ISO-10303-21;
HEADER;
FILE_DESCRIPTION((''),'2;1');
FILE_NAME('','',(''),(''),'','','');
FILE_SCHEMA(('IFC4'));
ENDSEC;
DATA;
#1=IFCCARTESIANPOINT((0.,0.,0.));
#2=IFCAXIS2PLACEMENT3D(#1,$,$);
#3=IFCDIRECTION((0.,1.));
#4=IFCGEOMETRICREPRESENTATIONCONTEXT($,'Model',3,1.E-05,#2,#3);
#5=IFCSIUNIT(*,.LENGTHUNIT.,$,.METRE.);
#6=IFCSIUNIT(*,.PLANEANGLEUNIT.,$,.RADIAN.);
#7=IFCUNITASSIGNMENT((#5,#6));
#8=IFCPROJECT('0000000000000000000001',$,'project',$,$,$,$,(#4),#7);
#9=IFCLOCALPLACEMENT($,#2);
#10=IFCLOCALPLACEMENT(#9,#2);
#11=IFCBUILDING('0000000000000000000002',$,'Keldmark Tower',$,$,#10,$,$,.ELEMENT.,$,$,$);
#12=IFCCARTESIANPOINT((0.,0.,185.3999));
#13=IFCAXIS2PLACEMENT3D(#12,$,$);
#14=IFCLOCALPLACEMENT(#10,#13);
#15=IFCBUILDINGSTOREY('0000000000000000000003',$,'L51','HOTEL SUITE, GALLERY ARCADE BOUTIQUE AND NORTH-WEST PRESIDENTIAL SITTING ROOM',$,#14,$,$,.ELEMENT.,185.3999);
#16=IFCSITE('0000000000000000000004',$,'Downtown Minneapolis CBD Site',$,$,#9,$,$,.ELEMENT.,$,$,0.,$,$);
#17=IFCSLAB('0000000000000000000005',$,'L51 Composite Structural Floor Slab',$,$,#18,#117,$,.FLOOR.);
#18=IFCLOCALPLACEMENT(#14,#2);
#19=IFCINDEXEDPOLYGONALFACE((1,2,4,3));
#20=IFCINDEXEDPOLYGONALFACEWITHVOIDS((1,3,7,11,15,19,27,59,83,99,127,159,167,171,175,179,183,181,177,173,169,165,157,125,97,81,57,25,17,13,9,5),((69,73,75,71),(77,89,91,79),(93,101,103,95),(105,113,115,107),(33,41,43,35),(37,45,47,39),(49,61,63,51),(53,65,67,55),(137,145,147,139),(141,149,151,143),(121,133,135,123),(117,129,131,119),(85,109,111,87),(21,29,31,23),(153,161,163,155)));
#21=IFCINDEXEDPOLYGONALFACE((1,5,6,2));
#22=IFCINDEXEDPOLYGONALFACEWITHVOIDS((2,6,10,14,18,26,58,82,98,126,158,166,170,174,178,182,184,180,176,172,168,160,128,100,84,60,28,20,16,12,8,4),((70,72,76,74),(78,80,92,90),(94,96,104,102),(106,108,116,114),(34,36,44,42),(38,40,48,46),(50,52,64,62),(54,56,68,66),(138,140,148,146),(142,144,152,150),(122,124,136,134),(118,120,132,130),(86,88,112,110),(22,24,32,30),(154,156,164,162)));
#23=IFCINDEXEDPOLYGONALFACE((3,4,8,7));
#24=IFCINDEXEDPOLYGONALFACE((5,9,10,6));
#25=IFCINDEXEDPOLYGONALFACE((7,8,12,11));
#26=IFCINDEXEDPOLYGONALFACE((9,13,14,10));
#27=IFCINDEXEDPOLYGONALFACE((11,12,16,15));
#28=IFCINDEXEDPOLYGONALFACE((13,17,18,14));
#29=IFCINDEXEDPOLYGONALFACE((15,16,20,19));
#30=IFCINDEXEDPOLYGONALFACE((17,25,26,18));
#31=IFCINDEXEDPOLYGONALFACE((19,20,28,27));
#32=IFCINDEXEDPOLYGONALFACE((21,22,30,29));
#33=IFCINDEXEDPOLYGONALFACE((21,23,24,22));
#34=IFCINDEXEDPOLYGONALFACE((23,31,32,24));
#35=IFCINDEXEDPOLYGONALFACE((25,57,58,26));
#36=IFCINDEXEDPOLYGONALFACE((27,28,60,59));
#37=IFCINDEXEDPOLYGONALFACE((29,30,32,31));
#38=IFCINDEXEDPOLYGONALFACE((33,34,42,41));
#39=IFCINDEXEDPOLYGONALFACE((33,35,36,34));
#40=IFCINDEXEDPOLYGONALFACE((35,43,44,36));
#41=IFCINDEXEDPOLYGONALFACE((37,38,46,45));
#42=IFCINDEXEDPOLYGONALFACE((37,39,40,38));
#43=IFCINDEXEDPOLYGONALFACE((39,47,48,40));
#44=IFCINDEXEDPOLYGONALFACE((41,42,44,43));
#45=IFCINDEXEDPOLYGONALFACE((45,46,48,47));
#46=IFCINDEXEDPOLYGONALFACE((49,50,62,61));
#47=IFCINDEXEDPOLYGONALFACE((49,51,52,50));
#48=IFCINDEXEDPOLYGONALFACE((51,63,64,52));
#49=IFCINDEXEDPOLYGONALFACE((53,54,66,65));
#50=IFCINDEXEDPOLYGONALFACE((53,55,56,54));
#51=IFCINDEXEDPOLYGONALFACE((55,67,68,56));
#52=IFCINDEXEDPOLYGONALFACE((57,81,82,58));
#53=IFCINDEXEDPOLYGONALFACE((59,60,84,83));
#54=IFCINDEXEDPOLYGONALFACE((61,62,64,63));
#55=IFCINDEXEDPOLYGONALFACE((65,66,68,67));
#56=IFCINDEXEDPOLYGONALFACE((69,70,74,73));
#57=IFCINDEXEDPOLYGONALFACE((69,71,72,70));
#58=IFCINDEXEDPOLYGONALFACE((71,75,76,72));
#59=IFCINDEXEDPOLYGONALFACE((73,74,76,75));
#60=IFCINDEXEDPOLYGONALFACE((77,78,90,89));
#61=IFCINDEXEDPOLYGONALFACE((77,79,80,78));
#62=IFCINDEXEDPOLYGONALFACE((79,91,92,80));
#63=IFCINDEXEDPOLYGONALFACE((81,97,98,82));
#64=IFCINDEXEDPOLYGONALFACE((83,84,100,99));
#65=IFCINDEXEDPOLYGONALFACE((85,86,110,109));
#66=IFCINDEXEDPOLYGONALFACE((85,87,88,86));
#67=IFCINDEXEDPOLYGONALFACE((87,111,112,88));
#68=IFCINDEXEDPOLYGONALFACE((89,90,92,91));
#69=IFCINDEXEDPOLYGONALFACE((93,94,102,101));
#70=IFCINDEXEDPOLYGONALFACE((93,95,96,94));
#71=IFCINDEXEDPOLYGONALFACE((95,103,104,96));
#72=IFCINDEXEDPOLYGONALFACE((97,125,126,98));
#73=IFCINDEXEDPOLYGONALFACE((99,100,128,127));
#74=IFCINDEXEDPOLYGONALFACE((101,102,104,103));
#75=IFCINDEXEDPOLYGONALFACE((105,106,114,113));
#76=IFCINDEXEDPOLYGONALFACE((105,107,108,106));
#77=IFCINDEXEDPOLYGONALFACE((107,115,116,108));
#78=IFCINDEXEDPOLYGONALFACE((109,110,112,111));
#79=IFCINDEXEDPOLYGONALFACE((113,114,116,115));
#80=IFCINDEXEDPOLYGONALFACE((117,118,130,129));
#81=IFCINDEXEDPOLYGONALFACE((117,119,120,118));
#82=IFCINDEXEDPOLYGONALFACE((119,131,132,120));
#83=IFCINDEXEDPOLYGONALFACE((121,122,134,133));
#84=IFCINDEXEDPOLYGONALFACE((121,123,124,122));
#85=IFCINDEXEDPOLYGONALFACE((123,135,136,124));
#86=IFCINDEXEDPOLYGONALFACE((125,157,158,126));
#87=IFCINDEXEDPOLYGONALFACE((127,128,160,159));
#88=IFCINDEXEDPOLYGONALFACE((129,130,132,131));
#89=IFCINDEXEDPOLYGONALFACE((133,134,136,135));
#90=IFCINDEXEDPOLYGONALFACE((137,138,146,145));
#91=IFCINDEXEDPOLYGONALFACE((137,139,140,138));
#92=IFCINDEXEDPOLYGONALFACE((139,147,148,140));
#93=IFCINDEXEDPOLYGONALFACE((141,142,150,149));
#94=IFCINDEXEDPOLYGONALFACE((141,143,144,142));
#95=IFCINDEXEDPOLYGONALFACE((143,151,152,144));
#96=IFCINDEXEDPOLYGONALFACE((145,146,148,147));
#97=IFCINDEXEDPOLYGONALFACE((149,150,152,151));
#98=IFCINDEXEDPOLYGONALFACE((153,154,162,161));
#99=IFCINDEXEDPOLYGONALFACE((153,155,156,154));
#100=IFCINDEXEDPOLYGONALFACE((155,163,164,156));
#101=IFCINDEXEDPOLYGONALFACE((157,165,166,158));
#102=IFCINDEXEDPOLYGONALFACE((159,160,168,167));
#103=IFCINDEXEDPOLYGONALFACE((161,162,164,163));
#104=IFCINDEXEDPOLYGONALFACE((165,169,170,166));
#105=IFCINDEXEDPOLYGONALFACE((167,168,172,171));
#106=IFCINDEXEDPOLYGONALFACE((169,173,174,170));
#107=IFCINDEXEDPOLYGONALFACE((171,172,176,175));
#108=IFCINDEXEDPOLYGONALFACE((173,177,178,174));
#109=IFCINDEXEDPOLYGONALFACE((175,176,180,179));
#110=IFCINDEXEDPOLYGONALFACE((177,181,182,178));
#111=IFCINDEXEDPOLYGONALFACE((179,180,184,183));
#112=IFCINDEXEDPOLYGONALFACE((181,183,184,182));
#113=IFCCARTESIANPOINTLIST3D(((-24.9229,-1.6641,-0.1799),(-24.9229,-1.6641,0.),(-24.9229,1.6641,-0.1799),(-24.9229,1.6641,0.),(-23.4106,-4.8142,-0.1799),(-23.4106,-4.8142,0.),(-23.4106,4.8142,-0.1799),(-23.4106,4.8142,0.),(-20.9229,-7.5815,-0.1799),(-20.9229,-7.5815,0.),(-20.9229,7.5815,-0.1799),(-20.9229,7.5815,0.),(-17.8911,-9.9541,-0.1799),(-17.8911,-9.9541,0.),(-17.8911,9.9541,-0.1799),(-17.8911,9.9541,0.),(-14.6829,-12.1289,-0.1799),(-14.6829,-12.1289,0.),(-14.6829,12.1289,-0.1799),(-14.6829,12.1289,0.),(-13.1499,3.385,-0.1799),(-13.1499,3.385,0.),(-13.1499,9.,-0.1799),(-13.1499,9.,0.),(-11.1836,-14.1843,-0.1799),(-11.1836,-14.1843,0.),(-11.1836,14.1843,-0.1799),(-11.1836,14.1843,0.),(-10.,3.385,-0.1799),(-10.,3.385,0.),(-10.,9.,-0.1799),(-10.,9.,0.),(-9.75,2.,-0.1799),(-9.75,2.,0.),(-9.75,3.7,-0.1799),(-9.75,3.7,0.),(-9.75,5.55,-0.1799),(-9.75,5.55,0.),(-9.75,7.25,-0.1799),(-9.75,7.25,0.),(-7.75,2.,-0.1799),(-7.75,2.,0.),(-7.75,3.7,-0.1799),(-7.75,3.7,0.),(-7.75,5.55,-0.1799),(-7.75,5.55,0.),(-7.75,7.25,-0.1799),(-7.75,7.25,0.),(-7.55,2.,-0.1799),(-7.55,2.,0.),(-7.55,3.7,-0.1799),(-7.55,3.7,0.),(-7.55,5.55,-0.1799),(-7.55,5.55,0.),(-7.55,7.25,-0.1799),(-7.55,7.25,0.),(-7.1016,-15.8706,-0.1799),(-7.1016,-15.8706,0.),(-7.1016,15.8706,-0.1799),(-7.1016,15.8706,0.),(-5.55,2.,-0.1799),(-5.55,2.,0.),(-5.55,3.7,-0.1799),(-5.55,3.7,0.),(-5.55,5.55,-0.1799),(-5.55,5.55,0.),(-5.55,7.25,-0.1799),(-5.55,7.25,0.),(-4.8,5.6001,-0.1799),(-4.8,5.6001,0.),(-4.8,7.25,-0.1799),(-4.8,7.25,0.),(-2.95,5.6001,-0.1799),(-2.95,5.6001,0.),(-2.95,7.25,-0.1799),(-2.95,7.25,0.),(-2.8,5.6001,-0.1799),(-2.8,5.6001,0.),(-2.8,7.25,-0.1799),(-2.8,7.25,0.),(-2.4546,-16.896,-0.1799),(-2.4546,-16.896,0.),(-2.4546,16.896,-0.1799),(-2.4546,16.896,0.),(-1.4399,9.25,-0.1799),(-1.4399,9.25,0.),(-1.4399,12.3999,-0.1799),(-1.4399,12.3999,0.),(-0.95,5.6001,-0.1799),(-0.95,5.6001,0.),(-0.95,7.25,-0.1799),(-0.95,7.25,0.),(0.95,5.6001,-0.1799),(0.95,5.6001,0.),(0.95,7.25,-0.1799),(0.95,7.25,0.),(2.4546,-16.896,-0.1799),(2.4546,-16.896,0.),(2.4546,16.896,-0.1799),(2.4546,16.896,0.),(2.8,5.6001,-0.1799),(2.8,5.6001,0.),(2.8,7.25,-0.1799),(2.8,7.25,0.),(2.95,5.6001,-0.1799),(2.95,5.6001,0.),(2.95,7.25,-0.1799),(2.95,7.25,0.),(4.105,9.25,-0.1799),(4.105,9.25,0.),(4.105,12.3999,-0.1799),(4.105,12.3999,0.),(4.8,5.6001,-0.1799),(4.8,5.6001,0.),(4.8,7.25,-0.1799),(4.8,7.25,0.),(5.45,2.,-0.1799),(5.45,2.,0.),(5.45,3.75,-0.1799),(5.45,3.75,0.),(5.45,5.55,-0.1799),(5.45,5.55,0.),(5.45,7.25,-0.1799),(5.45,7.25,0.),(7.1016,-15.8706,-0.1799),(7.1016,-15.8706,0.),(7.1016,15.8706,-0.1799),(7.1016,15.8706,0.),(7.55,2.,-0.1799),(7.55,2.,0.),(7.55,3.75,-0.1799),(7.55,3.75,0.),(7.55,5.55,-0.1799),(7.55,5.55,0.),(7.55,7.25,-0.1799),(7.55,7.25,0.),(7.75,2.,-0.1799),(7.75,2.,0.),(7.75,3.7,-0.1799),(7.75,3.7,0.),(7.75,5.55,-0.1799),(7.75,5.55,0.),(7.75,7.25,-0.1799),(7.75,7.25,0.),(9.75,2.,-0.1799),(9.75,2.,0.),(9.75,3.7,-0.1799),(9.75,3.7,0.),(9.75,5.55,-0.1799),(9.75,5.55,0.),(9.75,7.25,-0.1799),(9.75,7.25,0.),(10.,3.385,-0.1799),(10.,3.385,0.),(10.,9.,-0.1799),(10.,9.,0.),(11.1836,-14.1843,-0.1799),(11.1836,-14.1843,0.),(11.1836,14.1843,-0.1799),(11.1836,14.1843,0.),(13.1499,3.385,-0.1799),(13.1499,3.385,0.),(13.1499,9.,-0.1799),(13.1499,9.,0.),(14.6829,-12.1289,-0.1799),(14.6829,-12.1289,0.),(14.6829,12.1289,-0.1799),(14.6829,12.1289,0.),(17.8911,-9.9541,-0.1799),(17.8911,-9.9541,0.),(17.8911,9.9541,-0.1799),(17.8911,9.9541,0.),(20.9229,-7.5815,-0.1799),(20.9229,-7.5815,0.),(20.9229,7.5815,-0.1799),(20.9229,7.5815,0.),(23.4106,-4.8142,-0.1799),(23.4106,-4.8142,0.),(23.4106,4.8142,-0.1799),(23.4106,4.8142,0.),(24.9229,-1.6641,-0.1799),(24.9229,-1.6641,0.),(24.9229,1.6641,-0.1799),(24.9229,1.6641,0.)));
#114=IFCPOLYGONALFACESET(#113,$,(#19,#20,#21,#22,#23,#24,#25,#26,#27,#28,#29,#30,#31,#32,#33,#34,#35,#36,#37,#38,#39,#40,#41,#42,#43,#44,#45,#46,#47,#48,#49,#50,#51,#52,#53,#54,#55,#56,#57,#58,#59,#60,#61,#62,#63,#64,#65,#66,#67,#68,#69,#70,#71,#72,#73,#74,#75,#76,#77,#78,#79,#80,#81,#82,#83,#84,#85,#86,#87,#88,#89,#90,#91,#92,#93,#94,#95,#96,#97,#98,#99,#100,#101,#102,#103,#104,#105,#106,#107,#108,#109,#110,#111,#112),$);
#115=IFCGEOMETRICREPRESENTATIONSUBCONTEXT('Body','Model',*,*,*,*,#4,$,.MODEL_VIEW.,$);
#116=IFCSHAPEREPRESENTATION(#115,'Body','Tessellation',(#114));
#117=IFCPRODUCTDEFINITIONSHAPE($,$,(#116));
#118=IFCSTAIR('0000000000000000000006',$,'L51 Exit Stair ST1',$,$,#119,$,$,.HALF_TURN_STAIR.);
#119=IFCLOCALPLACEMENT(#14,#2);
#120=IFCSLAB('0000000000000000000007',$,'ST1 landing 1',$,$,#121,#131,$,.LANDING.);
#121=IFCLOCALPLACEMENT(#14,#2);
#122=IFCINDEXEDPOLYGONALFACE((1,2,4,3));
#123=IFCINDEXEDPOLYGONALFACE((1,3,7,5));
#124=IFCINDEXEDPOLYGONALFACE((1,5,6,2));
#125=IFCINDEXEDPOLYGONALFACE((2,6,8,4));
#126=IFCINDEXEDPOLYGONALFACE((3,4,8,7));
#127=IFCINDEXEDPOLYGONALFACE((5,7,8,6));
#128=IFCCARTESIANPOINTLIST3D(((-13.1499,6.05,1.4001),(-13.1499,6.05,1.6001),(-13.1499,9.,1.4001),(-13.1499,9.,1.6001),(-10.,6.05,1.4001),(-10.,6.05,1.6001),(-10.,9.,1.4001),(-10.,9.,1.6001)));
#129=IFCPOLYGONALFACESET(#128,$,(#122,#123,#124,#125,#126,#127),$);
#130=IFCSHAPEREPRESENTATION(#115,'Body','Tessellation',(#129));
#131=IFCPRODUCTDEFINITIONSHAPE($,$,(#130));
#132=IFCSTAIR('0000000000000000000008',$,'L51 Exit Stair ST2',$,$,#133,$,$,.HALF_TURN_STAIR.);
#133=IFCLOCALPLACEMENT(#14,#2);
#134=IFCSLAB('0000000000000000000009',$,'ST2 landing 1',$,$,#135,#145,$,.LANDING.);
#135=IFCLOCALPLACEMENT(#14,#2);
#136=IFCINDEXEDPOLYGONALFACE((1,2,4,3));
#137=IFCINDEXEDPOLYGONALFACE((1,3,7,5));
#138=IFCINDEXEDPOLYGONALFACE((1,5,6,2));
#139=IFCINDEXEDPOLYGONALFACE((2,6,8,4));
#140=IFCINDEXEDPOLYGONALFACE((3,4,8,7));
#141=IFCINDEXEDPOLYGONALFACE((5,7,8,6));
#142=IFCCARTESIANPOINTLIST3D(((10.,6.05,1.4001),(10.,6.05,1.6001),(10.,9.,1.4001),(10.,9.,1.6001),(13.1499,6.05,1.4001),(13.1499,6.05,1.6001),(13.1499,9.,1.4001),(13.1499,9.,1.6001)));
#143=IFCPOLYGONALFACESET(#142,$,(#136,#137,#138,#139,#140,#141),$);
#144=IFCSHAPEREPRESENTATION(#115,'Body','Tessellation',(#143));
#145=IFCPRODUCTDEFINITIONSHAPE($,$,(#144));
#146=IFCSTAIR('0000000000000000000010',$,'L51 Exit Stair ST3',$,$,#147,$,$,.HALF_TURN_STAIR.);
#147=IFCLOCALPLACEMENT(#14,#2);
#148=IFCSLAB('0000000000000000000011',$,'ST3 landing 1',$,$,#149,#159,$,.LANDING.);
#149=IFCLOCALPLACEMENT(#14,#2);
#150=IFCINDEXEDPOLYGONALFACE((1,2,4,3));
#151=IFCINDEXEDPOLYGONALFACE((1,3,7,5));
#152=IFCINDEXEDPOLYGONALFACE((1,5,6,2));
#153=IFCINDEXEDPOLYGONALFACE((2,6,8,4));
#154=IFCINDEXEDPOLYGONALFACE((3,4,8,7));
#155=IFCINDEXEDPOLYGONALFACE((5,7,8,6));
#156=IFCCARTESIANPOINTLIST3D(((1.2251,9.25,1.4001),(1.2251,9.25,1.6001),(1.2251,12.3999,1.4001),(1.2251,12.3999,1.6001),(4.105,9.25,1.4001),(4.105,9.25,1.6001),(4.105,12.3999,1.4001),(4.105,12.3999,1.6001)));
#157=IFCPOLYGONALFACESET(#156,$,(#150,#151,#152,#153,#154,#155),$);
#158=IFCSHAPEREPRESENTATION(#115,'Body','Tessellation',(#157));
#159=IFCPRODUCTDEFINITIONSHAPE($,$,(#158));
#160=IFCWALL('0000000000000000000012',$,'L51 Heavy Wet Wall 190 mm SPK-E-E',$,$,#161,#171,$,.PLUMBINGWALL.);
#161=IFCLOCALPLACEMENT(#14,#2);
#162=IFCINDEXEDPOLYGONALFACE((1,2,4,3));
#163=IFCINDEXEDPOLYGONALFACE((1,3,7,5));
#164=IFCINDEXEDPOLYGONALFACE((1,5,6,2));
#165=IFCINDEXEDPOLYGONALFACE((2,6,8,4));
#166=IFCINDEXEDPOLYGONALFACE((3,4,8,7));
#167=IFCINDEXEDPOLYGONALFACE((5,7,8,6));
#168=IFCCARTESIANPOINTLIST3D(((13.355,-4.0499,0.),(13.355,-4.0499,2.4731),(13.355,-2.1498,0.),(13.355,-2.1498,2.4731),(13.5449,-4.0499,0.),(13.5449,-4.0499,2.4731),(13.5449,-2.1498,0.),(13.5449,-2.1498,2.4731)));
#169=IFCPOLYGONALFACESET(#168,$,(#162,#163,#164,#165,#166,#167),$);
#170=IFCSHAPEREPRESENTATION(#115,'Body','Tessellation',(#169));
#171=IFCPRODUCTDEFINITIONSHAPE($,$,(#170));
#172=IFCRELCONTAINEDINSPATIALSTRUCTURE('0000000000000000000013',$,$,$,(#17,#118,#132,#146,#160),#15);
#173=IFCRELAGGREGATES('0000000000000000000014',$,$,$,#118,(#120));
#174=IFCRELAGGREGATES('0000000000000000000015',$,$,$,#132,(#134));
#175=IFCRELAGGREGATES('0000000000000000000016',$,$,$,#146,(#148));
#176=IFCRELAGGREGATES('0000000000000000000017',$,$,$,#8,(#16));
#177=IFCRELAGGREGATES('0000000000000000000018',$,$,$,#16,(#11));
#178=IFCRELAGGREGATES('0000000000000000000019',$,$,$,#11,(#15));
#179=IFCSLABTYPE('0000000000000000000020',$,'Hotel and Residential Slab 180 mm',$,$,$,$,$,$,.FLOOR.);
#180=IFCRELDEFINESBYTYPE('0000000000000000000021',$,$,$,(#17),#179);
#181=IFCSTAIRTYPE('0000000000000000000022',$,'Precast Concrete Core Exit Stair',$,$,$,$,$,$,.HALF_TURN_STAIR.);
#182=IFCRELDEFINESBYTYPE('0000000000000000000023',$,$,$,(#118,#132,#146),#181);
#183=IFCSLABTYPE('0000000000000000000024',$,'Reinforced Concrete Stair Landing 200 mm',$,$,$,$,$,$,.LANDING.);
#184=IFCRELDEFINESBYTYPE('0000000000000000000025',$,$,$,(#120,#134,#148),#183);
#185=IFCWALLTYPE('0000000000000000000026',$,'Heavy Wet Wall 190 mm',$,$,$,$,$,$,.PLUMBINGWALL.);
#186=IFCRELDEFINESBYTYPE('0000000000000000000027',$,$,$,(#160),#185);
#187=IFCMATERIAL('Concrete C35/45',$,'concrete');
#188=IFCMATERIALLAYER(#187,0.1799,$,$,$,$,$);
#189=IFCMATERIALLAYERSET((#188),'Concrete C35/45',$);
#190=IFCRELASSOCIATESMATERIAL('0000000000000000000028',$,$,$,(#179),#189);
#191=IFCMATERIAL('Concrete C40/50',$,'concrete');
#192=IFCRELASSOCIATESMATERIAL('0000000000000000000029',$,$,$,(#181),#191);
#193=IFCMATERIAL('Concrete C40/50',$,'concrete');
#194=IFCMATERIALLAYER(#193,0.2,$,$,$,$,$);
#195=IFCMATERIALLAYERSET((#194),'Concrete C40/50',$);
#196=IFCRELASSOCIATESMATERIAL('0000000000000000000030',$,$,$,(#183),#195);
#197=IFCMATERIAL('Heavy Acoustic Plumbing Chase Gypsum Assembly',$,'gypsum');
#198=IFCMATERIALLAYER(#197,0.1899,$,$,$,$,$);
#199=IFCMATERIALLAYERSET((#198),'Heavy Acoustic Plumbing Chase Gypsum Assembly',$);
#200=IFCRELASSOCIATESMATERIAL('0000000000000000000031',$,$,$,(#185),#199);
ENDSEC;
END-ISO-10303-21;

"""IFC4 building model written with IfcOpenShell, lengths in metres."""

from ifc_helpers import new_model, si_unit, direction, frame, frame_2d, origin, place, context, subcontext, project, spatial, polyline, rectangle, outline, extrude, material, layer, layer_set, type_object, element, aggregate, save


model = new_model("IFC4")

# Units and contexts
model_context = context("Model", 3, precision=1e-05, world=origin(), true_north=direction((0.0, 1.0)))
body_context = subcontext(model_context, "Body", "Model", "MODEL_VIEW")
ifc_project = project(units=[si_unit("LENGTHUNIT", "METRE"), si_unit("PLANEANGLEUNIT", "RADIAN")], contexts=[model_context])

# Site, building, storey
site_placement = place(None, origin())
site = spatial("IfcSite", under=ifc_project, at=site_placement, Name="Downtown Minneapolis CBD Site", CompositionType="ELEMENT", RefElevation=0.0)
building_placement = place(site_placement, origin())
building = spatial("IfcBuilding", under=site, at=building_placement, Name="Keldmark Tower", CompositionType="ELEMENT")
storey_placement = place(building_placement, frame((0.0, 0.0, 185.3999)))
storey = spatial("IfcBuildingStorey", under=building, at=storey_placement, Name="L51", Description="HOTEL SUITE, GALLERY ARCADE BOUTIQUE AND NORTH-WEST PRESIDENTIAL SITTING ROOM", CompositionType="ELEMENT", Elevation=185.3999)

# Slab
ifc_material_1 = material(Name="Concrete C35/45", Category="concrete")
ifc_layer_1 = layer(ifc_material_1, 0.1799)
ifc_layer_set_1 = layer_set([ifc_layer_1], Name="Concrete C35/45")
slab_type_1 = type_object("IfcSlabType", Name="Hotel and Residential Slab 180 mm", PredefinedType="FLOOR", material=ifc_layer_set_1)
slab_1_placement = place(storey_placement, frame((0.0, 0.0, -0.1799)))
element("IfcSlab", 1, at=slab_1_placement, inside=storey, type_object=slab_type_1, Name="L51 Composite Structural Floor Slab", PredefinedType="FLOOR", context=body_context, shape_type="SweptSolid", body=[
    extrude(outline(polyline([(24.9229, 1.6641), (23.4106, 4.8142), (20.9229, 7.5815), (17.8911, 9.9541), (14.6829, 12.1289), (11.1836, 14.1843), (7.1016, 15.8706), (2.4546, 16.896), (-2.4546, 16.896), (-7.1016, 15.8706), (-11.1836, 14.1843), (-14.6829, 12.1289), (-17.8911, 9.9541), (-20.9229, 7.5815), (-23.4106, 4.8142), (-24.9229, 1.6641), (-24.9229, -1.6641), (-23.4106, -4.8142), (-20.9229, -7.5815), (-17.8911, -9.9541), (-14.6829, -12.1289), (-11.1836, -14.1843), (-7.1016, -15.8706), (-2.4546, -16.896), (2.4546, -16.896), (7.1016, -15.8706), (11.1836, -14.1843), (14.6829, -12.1289), (17.8911, -9.9541), (20.9229, -7.5815), (23.4106, -4.8142), (24.9229, -1.6641), (24.9229, 1.6641)]), holes=[polyline([(-10.0, 3.385), (-10.0, 9.0), (-13.1499, 9.0), (-13.1499, 3.385), (-10.0, 3.385)]), polyline([(13.1499, 3.385), (13.1499, 9.0), (10.0, 9.0), (10.0, 3.385), (13.1499, 3.385)]), polyline([(-1.4399, 9.25), (4.105, 9.25), (4.105, 12.3999), (-1.4399, 12.3999), (-1.4399, 9.25)]), polyline([(-9.75, 2.0), (-7.75, 2.0), (-7.75, 3.7), (-9.75, 3.7), (-9.75, 2.0)]), polyline([(7.75, 2.0), (9.75, 2.0), (9.75, 3.7), (7.75, 3.7), (7.75, 2.0)]), polyline([(5.45, 2.0), (7.55, 2.0), (7.55, 3.75), (5.45, 3.75), (5.45, 2.0)]), polyline([(-4.8, 5.6001), (-2.95, 5.6001), (-2.95, 7.25), (-4.8, 7.25), (-4.8, 5.6001)]), polyline([(-2.8, 5.6001), (-0.95, 5.6001), (-0.95, 7.25), (-2.8, 7.25), (-2.8, 5.6001)]), polyline([(0.95, 5.6001), (2.8, 5.6001), (2.8, 7.25), (0.95, 7.25), (0.95, 5.6001)]), polyline([(2.95, 5.6001), (4.8, 5.6001), (4.8, 7.25), (2.95, 7.25), (2.95, 5.6001)]), polyline([(-9.75, 5.55), (-7.75, 5.55), (-7.75, 7.25), (-9.75, 7.25), (-9.75, 5.55)]), polyline([(-7.55, 5.55), (-5.55, 5.55), (-5.55, 7.25), (-7.55, 7.25), (-7.55, 5.55)]), polyline([(-7.55, 2.0), (-5.55, 2.0), (-5.55, 3.7), (-7.55, 3.7), (-7.55, 2.0)]), polyline([(5.45, 5.55), (7.55, 5.55), (7.55, 7.25), (5.45, 7.25), (5.45, 5.55)]), polyline([(7.75, 5.55), (9.75, 5.55), (9.75, 7.25), (7.75, 7.25), (7.75, 5.55)])]), origin(), (0.0, 0.0, 1.0), 0.1799),
])

# Stairs, slabs
ifc_material_2 = material(Name="Concrete C40/50", Category="concrete")
stair_type = type_object("IfcStairType", Name="Precast Concrete Core Exit Stair", PredefinedType="HALF_TURN_STAIR", material=ifc_material_2)
stair_1_placement = place(storey_placement, origin())
stair_1 = element("IfcStair", 2, at=stair_1_placement, inside=storey, type_object=stair_type, Name="L51 Exit Stair ST1", PredefinedType="HALF_TURN_STAIR")
ifc_material_3 = material(Name="Concrete C40/50", Category="concrete")
ifc_layer_2 = layer(ifc_material_3, 0.2)
ifc_layer_set_2 = layer_set([ifc_layer_2], Name="Concrete C40/50")
slab_type_2 = type_object("IfcSlabType", Name="Reinforced Concrete Stair Landing 200 mm", PredefinedType="LANDING", material=ifc_layer_set_2)
slab_2_placement = place(storey_placement, frame((0.0, 0.0, 1.4001)))
slab_2 = element("IfcSlab", 3, at=slab_2_placement, type_object=slab_type_2, Name="ST1 landing 1", PredefinedType="LANDING", context=body_context, shape_type="SweptSolid", body=[
    extrude(outline(polyline([(-10.0, 6.05), (-10.0, 9.0), (-13.1499, 9.0), (-13.1499, 6.05), (-10.0, 6.05)])), origin(), (0.0, 0.0, 1.0), 0.2),
])
aggregate(stair_1, [slab_2])
stair_2_placement = place(storey_placement, origin())
stair_2 = element("IfcStair", 4, at=stair_2_placement, inside=storey, type_object=stair_type, Name="L51 Exit Stair ST2", PredefinedType="HALF_TURN_STAIR")
slab_3_placement = place(storey_placement, frame((0.0, 0.0, 1.4001)))
slab_3 = element("IfcSlab", 5, at=slab_3_placement, type_object=slab_type_2, Name="ST2 landing 1", PredefinedType="LANDING", context=body_context, shape_type="SweptSolid", body=[
    extrude(outline(polyline([(13.1499, 6.05), (13.1499, 9.0), (10.0, 9.0), (10.0, 6.05), (13.1499, 6.05)])), origin(), (0.0, 0.0, 1.0), 0.2),
])
aggregate(stair_2, [slab_3])
stair_3_placement = place(storey_placement, origin())
stair_3 = element("IfcStair", 6, at=stair_3_placement, inside=storey, type_object=stair_type, Name="L51 Exit Stair ST3", PredefinedType="HALF_TURN_STAIR")
slab_4_placement = place(storey_placement, frame((0.0, 0.0, 1.4001)))
slab_4 = element("IfcSlab", 7, at=slab_4_placement, type_object=slab_type_2, Name="ST3 landing 1", PredefinedType="LANDING", context=body_context, shape_type="SweptSolid", body=[
    extrude(outline(polyline([(1.2251, 9.25), (4.105, 9.25), (4.105, 12.3999), (1.2251, 12.3999), (1.2251, 9.25)])), origin(), (0.0, 0.0, 1.0), 0.2),
])
aggregate(stair_3, [slab_4])

# Wall
ifc_material_4 = material(Name="Heavy Acoustic Plumbing Chase Gypsum Assembly", Category="gypsum")
ifc_layer_3 = layer(ifc_material_4, 0.1899)
ifc_layer_set_3 = layer_set([ifc_layer_3], Name="Heavy Acoustic Plumbing Chase Gypsum Assembly")
wall_type_1 = type_object("IfcWallType", Name="Heavy Wet Wall 190 mm", PredefinedType="PLUMBINGWALL", material=ifc_layer_set_3)
wall_1_placement = place(storey_placement, frame((13.45, -4.05, 0.0), z_axis=(0.0, 0.0, 1.0), x_axis=(0.0, 1.0, 0.0)))
element("IfcWall", 8, at=wall_1_placement, inside=storey, type_object=wall_type_1, Name="L51 Heavy Wet Wall 190 mm SPK-E-E", PredefinedType="PLUMBINGWALL", context=body_context, shape_type="SweptSolid", body=[
    extrude(rectangle(XDim=1.9001, YDim=0.1899, at=frame_2d((0.9502, 0.0))), origin(), (0.0, 0.0, 1.0), 2.4731),
])

save(model, "model.ifc")
